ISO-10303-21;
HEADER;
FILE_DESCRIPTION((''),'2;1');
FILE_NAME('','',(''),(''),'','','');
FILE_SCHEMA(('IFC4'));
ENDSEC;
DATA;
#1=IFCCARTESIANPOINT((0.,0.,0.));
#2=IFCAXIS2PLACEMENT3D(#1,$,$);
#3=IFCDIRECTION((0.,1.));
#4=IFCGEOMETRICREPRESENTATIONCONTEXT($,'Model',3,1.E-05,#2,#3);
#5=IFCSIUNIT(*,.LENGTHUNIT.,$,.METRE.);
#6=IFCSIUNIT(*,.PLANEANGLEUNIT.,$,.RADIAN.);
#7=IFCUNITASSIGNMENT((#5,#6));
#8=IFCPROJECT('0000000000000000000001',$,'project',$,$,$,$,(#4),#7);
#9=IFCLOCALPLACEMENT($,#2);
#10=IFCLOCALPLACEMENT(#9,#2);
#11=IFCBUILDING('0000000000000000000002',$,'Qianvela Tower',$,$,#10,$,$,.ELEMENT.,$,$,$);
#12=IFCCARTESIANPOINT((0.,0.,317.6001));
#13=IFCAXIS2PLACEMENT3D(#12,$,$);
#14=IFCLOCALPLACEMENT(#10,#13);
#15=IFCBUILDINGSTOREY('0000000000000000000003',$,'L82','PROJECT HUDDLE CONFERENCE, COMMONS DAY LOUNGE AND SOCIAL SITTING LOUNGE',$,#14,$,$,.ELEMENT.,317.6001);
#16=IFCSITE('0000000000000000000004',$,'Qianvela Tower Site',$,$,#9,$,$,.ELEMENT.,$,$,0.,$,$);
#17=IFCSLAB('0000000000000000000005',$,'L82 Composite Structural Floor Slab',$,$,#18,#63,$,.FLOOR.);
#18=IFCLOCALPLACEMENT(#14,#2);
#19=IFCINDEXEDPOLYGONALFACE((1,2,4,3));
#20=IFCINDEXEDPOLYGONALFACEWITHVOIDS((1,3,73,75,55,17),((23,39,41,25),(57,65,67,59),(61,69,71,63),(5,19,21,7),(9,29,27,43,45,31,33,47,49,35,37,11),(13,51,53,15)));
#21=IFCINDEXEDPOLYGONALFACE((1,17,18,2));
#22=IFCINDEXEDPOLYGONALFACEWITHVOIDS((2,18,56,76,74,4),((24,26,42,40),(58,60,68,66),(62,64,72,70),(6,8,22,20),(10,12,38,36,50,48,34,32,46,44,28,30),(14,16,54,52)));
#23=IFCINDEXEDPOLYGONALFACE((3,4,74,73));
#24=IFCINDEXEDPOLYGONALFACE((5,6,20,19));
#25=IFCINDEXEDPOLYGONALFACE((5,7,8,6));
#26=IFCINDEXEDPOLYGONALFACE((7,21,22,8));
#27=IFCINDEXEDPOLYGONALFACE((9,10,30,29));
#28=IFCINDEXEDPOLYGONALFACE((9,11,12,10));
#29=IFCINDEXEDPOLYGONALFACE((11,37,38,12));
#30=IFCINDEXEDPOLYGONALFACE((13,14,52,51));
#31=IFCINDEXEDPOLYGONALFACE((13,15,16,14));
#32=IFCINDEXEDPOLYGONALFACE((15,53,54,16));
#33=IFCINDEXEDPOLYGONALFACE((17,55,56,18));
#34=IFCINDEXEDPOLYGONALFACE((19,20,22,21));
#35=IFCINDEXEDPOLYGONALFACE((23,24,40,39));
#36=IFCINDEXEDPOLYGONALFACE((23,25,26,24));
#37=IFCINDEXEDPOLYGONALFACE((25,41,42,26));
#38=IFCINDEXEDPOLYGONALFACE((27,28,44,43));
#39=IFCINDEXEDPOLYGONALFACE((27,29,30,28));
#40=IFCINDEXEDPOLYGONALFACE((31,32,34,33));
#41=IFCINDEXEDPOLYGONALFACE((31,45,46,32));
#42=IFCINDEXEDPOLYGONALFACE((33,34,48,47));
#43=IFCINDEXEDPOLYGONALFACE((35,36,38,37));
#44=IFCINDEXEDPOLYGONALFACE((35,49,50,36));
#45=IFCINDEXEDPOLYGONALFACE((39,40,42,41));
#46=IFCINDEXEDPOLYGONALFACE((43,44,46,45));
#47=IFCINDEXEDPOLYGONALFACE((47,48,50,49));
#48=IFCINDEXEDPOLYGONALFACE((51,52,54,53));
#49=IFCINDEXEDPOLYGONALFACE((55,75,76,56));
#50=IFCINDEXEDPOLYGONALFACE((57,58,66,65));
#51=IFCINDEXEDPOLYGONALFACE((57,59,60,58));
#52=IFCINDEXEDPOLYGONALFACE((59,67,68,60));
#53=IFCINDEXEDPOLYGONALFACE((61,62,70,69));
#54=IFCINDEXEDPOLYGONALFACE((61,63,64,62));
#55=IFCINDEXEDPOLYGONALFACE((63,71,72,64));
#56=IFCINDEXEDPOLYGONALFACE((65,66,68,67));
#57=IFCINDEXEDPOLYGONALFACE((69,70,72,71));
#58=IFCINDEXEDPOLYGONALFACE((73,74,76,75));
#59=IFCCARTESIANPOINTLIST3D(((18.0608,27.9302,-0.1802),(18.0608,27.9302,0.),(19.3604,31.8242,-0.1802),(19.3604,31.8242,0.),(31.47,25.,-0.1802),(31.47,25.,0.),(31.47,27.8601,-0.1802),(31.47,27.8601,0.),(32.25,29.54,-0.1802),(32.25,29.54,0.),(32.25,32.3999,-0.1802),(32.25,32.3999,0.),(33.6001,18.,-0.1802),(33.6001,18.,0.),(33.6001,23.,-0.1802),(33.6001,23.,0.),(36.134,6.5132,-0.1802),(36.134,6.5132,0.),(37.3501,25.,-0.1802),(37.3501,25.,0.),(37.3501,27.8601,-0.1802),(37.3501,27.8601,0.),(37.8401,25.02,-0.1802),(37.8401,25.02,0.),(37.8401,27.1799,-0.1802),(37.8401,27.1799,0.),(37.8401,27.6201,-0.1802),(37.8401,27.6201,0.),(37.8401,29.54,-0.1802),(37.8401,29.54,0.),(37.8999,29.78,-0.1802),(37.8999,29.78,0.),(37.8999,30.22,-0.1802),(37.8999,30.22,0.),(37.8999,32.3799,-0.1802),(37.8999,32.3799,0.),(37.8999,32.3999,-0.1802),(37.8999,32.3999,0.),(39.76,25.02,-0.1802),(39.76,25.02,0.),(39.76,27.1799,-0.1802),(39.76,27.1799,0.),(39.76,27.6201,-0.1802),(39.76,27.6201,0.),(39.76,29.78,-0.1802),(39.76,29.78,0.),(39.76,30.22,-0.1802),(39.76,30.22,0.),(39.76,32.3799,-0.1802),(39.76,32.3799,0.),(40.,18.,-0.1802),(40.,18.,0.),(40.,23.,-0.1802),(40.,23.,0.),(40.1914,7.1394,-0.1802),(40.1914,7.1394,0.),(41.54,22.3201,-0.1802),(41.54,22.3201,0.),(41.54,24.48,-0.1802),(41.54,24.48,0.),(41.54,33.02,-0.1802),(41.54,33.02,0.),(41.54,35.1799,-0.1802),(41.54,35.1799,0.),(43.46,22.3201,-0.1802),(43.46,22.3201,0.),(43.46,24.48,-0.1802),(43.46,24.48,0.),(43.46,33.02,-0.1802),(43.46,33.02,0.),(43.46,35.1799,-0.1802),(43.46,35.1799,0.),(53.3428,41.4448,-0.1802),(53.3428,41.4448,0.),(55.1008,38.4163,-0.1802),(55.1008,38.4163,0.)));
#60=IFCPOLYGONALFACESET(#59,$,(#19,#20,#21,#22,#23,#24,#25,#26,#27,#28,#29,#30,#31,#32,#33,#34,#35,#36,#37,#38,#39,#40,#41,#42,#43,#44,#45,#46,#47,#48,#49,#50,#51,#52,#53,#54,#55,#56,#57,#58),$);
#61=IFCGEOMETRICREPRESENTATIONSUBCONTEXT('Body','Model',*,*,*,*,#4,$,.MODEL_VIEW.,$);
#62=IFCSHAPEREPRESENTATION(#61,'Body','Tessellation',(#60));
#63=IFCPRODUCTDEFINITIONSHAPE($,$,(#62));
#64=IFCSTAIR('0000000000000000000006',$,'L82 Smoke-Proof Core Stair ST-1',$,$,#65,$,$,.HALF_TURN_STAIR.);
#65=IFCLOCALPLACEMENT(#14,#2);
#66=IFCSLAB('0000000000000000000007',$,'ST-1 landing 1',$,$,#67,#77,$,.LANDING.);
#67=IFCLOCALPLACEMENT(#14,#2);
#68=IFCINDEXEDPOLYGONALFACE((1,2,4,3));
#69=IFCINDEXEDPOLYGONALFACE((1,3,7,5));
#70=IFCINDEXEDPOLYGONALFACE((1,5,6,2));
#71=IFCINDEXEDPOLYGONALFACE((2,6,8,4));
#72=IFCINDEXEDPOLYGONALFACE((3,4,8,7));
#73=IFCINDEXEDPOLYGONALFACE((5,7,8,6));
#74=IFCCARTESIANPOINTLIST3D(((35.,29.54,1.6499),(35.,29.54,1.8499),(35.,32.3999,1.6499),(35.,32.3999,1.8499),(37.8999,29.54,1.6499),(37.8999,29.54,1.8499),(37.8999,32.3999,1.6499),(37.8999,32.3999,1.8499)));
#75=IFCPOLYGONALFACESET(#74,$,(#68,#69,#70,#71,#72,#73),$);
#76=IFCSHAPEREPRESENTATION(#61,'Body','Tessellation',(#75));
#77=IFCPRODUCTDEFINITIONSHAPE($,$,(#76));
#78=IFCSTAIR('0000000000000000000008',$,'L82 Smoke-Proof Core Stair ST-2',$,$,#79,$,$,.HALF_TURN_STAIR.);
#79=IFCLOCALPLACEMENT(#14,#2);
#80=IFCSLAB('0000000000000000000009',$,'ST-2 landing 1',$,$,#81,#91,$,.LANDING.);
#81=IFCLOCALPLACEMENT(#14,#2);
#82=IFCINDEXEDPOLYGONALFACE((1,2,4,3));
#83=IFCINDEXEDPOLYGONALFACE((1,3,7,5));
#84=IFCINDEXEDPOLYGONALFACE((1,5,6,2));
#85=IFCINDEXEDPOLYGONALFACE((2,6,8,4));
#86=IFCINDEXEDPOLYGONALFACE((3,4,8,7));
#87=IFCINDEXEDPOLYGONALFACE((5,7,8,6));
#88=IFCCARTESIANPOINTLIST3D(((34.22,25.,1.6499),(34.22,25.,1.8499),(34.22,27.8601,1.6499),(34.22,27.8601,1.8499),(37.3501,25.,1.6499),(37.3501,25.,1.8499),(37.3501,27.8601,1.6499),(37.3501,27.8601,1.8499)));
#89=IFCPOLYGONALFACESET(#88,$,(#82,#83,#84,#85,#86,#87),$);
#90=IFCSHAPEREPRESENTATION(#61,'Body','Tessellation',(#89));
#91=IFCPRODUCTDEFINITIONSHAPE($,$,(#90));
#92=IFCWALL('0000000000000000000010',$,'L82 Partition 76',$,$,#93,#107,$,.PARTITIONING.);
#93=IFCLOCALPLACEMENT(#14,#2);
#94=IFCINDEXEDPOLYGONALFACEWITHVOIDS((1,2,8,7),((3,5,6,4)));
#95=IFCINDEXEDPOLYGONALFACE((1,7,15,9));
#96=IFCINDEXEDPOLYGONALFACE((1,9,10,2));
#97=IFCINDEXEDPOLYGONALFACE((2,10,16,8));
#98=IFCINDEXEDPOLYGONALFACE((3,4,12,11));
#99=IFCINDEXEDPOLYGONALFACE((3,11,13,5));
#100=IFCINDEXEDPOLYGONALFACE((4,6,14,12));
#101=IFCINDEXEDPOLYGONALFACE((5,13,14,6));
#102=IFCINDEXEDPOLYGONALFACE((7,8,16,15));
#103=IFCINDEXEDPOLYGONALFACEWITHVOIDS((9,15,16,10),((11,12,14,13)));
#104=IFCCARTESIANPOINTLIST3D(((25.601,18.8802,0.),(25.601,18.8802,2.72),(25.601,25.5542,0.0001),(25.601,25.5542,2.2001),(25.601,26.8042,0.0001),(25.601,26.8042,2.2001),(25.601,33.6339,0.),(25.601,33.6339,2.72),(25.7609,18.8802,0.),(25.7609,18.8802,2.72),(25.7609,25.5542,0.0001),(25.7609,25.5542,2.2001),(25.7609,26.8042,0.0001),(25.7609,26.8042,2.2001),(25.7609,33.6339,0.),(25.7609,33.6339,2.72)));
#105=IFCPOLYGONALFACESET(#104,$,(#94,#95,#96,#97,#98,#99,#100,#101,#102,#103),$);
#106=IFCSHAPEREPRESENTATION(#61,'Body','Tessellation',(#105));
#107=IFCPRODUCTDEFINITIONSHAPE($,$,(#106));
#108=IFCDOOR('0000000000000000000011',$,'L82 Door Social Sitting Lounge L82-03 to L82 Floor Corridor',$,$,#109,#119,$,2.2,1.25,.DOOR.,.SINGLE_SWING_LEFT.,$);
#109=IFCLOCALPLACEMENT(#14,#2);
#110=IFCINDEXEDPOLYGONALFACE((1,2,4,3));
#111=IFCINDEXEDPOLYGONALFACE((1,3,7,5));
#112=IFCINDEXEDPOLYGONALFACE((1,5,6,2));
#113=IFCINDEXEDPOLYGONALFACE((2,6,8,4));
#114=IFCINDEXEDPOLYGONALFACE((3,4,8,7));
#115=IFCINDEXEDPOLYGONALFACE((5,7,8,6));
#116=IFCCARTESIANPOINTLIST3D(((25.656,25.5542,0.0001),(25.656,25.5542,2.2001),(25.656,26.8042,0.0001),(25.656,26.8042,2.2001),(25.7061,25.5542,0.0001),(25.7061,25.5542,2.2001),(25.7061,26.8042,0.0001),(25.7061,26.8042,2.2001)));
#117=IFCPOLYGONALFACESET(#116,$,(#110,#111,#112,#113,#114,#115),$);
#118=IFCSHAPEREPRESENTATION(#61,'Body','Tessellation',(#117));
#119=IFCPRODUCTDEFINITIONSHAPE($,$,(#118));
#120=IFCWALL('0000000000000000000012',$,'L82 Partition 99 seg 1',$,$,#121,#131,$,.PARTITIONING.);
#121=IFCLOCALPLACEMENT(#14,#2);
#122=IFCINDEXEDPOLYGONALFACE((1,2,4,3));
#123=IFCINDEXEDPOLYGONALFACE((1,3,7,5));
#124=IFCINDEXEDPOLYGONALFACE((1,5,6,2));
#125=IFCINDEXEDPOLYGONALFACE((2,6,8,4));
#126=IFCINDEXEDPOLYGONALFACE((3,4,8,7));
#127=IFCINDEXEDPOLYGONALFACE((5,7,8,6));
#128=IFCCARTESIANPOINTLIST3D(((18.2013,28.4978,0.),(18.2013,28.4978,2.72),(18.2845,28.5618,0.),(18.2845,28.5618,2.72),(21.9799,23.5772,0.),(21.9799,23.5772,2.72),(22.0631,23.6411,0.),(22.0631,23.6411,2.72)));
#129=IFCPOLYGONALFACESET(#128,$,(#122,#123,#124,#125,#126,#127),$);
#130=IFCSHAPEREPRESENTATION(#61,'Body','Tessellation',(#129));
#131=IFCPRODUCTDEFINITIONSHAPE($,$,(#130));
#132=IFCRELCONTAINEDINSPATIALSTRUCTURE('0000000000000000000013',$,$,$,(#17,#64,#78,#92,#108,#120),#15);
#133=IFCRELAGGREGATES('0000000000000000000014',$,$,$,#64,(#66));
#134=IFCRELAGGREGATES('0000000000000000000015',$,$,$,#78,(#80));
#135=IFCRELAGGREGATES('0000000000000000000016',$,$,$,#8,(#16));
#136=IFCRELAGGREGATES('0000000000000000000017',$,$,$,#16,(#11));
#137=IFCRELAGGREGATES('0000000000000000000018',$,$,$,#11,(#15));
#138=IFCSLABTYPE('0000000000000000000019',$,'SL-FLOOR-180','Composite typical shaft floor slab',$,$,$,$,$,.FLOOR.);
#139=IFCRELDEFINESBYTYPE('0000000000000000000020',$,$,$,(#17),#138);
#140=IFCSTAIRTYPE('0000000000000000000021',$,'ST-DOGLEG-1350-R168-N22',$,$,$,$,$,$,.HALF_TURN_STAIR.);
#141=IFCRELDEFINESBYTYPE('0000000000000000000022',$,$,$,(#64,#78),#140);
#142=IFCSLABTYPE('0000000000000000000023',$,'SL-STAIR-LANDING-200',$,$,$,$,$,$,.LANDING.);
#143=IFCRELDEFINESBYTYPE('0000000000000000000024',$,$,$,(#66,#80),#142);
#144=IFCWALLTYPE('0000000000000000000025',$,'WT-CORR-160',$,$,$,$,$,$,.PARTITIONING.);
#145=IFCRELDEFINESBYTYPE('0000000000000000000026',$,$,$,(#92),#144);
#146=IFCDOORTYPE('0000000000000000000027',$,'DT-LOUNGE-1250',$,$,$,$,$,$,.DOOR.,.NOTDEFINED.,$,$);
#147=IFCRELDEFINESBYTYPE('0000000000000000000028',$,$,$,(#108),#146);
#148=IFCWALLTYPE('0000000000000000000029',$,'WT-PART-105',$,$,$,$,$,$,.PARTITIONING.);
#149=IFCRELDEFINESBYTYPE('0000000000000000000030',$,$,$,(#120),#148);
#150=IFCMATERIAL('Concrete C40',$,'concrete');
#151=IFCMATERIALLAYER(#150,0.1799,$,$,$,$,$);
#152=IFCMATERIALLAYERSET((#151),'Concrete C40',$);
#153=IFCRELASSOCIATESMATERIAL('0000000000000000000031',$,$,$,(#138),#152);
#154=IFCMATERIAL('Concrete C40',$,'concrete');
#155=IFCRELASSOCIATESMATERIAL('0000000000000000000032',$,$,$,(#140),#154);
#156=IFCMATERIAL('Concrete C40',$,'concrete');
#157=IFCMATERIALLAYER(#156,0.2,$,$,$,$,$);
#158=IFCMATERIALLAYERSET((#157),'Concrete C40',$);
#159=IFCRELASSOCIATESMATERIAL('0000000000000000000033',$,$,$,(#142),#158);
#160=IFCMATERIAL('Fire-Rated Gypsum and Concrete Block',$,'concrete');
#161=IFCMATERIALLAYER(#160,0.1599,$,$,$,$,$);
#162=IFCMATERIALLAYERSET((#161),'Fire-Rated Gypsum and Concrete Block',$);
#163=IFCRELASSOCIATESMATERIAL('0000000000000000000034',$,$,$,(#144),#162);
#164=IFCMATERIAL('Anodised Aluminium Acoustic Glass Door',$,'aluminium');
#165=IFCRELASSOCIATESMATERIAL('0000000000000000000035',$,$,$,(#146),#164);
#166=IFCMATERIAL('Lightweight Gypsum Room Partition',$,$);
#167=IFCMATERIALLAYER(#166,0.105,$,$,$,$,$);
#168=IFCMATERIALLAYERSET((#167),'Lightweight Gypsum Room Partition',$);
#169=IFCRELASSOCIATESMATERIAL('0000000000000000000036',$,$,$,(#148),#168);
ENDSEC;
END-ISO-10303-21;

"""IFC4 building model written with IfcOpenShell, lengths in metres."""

from ifc_helpers import new_model, si_unit, direction, frame, frame_2d, origin, place, context, subcontext, project, spatial, polyline, rectangle, outline, extrude, material, layer, layer_set, type_object, element, fill, aggregate, save


model = new_model("IFC4")

# Units and contexts
model_context = context("Model", 3, precision=1e-05, world=origin(), true_north=direction((0.0, 1.0)))
body_context = subcontext(model_context, "Body", "Model", "MODEL_VIEW")
ifc_project = project(units=[si_unit("LENGTHUNIT", "METRE"), si_unit("PLANEANGLEUNIT", "RADIAN")], contexts=[model_context])

# Site, building, storey
site_placement = place(None, origin())
site = spatial("IfcSite", under=ifc_project, at=site_placement, Name="Qianvela Tower Site", CompositionType="ELEMENT", RefElevation=0.0)
building_placement = place(site_placement, origin())
building = spatial("IfcBuilding", under=site, at=building_placement, Name="Qianvela Tower", CompositionType="ELEMENT")
storey_placement = place(building_placement, frame((0.0, 0.0, 317.6001)))
storey = spatial("IfcBuildingStorey", under=building, at=storey_placement, Name="L82", Description="PROJECT HUDDLE CONFERENCE, COMMONS DAY LOUNGE AND SOCIAL SITTING LOUNGE", CompositionType="ELEMENT", Elevation=317.6001)

# Slab
ifc_material_1 = material(Name="Concrete C40", Category="concrete")
ifc_layer_1 = layer(ifc_material_1, 0.1799)
ifc_layer_set_1 = layer_set([ifc_layer_1], Name="Concrete C40")
slab_type_1 = type_object("IfcSlabType", Name="SL-FLOOR-180", Description="Composite typical shaft floor slab", PredefinedType="FLOOR", material=ifc_layer_set_1)
slab_1_placement = place(storey_placement, frame((0.0, 0.0, -0.1802)))
element("IfcSlab", 1, at=slab_1_placement, inside=storey, type_object=slab_type_1, Name="L82 Composite Structural Floor Slab", PredefinedType="FLOOR", context=body_context, shape_type="SweptSolid", body=[
    extrude(outline(polyline([(55.1008, 38.4163), (53.3428, 41.4448), (19.3604, 31.8242), (18.0608, 27.9302), (36.134, 6.5132), (40.1914, 7.1394), (55.1008, 38.4163)]), holes=[polyline([(40.0, 23.0), (33.6001, 23.0), (33.6001, 18.0), (40.0, 18.0), (40.0, 23.0)]), polyline([(43.46, 24.48), (41.54, 24.48), (41.54, 22.3201), (43.46, 22.3201), (43.46, 24.48)]), polyline([(39.76, 27.1799), (37.8401, 27.1799), (37.8401, 25.02), (39.76, 25.02), (39.76, 27.1799)]), polyline([(37.3501, 27.8601), (31.47, 27.8601), (31.47, 25.0), (37.3501, 25.0), (37.3501, 27.8601)]), polyline([(39.76, 27.6201), (39.76, 29.78), (37.8999, 29.78), (37.8999, 30.22), (39.76, 30.22), (39.76, 32.3799), (37.8999, 32.3799), (37.8999, 32.3999), (32.25, 32.3999), (32.25, 29.54), (37.8401, 29.54), (37.8401, 27.6201), (39.76, 27.6201)]), polyline([(43.46, 35.1799), (41.54, 35.1799), (41.54, 33.02), (43.46, 33.02), (43.46, 35.1799)])]), origin(), (0.0, 0.0, 1.0), 0.1802),
])

# Stairs, slabs
ifc_material_2 = material(Name="Concrete C40", Category="concrete")
stair_type = type_object("IfcStairType", Name="ST-DOGLEG-1350-R168-N22", PredefinedType="HALF_TURN_STAIR", material=ifc_material_2)
stair_1_placement = place(storey_placement, origin())
stair_1 = element("IfcStair", 2, at=stair_1_placement, inside=storey, type_object=stair_type, Name="L82 Smoke-Proof Core Stair ST-1", PredefinedType="HALF_TURN_STAIR")
ifc_material_3 = material(Name="Concrete C40", Category="concrete")
ifc_layer_2 = layer(ifc_material_3, 0.2)
ifc_layer_set_2 = layer_set([ifc_layer_2], Name="Concrete C40")
slab_type_2 = type_object("IfcSlabType", Name="SL-STAIR-LANDING-200", PredefinedType="LANDING", material=ifc_layer_set_2)
slab_2_placement = place(storey_placement, frame((0.0, 0.0, 1.6499)))
slab_2 = element("IfcSlab", 3, at=slab_2_placement, type_object=slab_type_2, Name="ST-1 landing 1", PredefinedType="LANDING", context=body_context, shape_type="SweptSolid", body=[
    extrude(outline(polyline([(35.0, 29.54), (37.8999, 29.54), (37.8999, 32.3999), (35.0, 32.3999), (35.0, 29.54)])), origin(), (0.0, 0.0, 1.0), 0.2),
])
aggregate(stair_1, [slab_2])
stair_2_placement = place(storey_placement, origin())
stair_2 = element("IfcStair", 4, at=stair_2_placement, inside=storey, type_object=stair_type, Name="L82 Smoke-Proof Core Stair ST-2", PredefinedType="HALF_TURN_STAIR")
slab_3_placement = place(storey_placement, frame((0.0, 0.0, 1.6499)))
slab_3 = element("IfcSlab", 5, at=slab_3_placement, type_object=slab_type_2, Name="ST-2 landing 1", PredefinedType="LANDING", context=body_context, shape_type="SweptSolid", body=[
    extrude(outline(polyline([(34.22, 25.0), (37.3501, 25.0), (37.3501, 27.8601), (34.22, 27.8601), (34.22, 25.0)])), origin(), (0.0, 0.0, 1.0), 0.2),
])
aggregate(stair_2, [slab_3])

# Wall, opening, door
ifc_material_4 = material(Name="Fire-Rated Gypsum and Concrete Block", Category="concrete")
ifc_layer_3 = layer(ifc_material_4, 0.1599)
ifc_layer_set_3 = layer_set([ifc_layer_3], Name="Fire-Rated Gypsum and Concrete Block")
wall_type_1 = type_object("IfcWallType", Name="WT-CORR-160", PredefinedType="PARTITIONING", material=ifc_layer_set_3)
wall_1_placement = place(storey_placement, frame((25.6809, 18.8801, 0.0), z_axis=(0.0, 0.0, 1.0), x_axis=(0.0, 1.0, 0.0)))
wall_1 = element("IfcWall", 6, at=wall_1_placement, inside=storey, type_object=wall_type_1, Name="L82 Partition 76", PredefinedType="PARTITIONING", context=body_context, shape_type="SweptSolid", body=[
    extrude(rectangle(XDim=14.7537, YDim=0.1599, at=frame_2d((7.377, 0.0))), origin(), (0.0, 0.0, 1.0), 2.72),
])
opening_placement = place(wall_1_placement, frame((6.6741, 0.0, 0.0)))
opening = element("IfcOpeningElement", 7, at=opening_placement, cuts=wall_1, PredefinedType="OPENING", context=body_context, shape_type="SweptSolid", body=[
    extrude(rectangle(XDim=1.25, YDim=2.2, at=frame_2d((0.625, 1.1001))), frame((0.0, 0.0898, 0.0), z_axis=(0.0, -1.0, 0.0), x_axis=(1.0, 0.0, 0.0)), (0.0, 0.0, 1.0), 0.1799),
])
ifc_material_5 = material(Name="Anodised Aluminium Acoustic Glass Door", Category="aluminium")
door_type = type_object("IfcDoorType", Name="DT-LOUNGE-1250", OperationType="NOTDEFINED", PredefinedType="DOOR", material=ifc_material_5)
door_placement = place(opening_placement, origin())
door = element("IfcDoor", 8, at=door_placement, inside=storey, type_object=door_type, Name="L82 Door Social Sitting Lounge L82-03 to L82 Floor Corridor", OperationType="SINGLE_SWING_LEFT", OverallHeight=2.2, OverallWidth=1.25, PredefinedType="DOOR", context=body_context, shape_type="SweptSolid", body=[
    extrude(rectangle(XDim=1.25, YDim=2.2, at=frame_2d((0.625, 1.1001))), frame((0.0, 0.0249, 0.0), z_axis=(0.0, -1.0, 0.0), x_axis=(1.0, 0.0, 0.0)), (0.0, 0.0, 1.0), 0.05),
])
fill(opening, door)

# Wall
ifc_material_6 = material(Name="Lightweight Gypsum Room Partition")
ifc_layer_4 = layer(ifc_material_6, 0.105)
ifc_layer_set_4 = layer_set([ifc_layer_4], Name="Lightweight Gypsum Room Partition")
wall_type_2 = type_object("IfcWallType", Name="WT-PART-105", PredefinedType="PARTITIONING", material=ifc_layer_set_4)
wall_2_placement = place(storey_placement, frame((22.0215, 23.6091, 0.0), z_axis=(0.0, 0.0, 1.0), x_axis=(-0.609047, 0.793134, 0.0)))
element("IfcWall", 9, at=wall_2_placement, inside=storey, type_object=wall_type_2, Name="L82 Partition 99 seg 1", PredefinedType="PARTITIONING", context=body_context, shape_type="SweptSolid", body=[
    extrude(rectangle(XDim=6.2041, YDim=0.105, at=frame_2d((3.1021, 0.0))), origin(), (0.0, 0.0, 1.0), 2.72),
])

save(model, "model.ifc")
